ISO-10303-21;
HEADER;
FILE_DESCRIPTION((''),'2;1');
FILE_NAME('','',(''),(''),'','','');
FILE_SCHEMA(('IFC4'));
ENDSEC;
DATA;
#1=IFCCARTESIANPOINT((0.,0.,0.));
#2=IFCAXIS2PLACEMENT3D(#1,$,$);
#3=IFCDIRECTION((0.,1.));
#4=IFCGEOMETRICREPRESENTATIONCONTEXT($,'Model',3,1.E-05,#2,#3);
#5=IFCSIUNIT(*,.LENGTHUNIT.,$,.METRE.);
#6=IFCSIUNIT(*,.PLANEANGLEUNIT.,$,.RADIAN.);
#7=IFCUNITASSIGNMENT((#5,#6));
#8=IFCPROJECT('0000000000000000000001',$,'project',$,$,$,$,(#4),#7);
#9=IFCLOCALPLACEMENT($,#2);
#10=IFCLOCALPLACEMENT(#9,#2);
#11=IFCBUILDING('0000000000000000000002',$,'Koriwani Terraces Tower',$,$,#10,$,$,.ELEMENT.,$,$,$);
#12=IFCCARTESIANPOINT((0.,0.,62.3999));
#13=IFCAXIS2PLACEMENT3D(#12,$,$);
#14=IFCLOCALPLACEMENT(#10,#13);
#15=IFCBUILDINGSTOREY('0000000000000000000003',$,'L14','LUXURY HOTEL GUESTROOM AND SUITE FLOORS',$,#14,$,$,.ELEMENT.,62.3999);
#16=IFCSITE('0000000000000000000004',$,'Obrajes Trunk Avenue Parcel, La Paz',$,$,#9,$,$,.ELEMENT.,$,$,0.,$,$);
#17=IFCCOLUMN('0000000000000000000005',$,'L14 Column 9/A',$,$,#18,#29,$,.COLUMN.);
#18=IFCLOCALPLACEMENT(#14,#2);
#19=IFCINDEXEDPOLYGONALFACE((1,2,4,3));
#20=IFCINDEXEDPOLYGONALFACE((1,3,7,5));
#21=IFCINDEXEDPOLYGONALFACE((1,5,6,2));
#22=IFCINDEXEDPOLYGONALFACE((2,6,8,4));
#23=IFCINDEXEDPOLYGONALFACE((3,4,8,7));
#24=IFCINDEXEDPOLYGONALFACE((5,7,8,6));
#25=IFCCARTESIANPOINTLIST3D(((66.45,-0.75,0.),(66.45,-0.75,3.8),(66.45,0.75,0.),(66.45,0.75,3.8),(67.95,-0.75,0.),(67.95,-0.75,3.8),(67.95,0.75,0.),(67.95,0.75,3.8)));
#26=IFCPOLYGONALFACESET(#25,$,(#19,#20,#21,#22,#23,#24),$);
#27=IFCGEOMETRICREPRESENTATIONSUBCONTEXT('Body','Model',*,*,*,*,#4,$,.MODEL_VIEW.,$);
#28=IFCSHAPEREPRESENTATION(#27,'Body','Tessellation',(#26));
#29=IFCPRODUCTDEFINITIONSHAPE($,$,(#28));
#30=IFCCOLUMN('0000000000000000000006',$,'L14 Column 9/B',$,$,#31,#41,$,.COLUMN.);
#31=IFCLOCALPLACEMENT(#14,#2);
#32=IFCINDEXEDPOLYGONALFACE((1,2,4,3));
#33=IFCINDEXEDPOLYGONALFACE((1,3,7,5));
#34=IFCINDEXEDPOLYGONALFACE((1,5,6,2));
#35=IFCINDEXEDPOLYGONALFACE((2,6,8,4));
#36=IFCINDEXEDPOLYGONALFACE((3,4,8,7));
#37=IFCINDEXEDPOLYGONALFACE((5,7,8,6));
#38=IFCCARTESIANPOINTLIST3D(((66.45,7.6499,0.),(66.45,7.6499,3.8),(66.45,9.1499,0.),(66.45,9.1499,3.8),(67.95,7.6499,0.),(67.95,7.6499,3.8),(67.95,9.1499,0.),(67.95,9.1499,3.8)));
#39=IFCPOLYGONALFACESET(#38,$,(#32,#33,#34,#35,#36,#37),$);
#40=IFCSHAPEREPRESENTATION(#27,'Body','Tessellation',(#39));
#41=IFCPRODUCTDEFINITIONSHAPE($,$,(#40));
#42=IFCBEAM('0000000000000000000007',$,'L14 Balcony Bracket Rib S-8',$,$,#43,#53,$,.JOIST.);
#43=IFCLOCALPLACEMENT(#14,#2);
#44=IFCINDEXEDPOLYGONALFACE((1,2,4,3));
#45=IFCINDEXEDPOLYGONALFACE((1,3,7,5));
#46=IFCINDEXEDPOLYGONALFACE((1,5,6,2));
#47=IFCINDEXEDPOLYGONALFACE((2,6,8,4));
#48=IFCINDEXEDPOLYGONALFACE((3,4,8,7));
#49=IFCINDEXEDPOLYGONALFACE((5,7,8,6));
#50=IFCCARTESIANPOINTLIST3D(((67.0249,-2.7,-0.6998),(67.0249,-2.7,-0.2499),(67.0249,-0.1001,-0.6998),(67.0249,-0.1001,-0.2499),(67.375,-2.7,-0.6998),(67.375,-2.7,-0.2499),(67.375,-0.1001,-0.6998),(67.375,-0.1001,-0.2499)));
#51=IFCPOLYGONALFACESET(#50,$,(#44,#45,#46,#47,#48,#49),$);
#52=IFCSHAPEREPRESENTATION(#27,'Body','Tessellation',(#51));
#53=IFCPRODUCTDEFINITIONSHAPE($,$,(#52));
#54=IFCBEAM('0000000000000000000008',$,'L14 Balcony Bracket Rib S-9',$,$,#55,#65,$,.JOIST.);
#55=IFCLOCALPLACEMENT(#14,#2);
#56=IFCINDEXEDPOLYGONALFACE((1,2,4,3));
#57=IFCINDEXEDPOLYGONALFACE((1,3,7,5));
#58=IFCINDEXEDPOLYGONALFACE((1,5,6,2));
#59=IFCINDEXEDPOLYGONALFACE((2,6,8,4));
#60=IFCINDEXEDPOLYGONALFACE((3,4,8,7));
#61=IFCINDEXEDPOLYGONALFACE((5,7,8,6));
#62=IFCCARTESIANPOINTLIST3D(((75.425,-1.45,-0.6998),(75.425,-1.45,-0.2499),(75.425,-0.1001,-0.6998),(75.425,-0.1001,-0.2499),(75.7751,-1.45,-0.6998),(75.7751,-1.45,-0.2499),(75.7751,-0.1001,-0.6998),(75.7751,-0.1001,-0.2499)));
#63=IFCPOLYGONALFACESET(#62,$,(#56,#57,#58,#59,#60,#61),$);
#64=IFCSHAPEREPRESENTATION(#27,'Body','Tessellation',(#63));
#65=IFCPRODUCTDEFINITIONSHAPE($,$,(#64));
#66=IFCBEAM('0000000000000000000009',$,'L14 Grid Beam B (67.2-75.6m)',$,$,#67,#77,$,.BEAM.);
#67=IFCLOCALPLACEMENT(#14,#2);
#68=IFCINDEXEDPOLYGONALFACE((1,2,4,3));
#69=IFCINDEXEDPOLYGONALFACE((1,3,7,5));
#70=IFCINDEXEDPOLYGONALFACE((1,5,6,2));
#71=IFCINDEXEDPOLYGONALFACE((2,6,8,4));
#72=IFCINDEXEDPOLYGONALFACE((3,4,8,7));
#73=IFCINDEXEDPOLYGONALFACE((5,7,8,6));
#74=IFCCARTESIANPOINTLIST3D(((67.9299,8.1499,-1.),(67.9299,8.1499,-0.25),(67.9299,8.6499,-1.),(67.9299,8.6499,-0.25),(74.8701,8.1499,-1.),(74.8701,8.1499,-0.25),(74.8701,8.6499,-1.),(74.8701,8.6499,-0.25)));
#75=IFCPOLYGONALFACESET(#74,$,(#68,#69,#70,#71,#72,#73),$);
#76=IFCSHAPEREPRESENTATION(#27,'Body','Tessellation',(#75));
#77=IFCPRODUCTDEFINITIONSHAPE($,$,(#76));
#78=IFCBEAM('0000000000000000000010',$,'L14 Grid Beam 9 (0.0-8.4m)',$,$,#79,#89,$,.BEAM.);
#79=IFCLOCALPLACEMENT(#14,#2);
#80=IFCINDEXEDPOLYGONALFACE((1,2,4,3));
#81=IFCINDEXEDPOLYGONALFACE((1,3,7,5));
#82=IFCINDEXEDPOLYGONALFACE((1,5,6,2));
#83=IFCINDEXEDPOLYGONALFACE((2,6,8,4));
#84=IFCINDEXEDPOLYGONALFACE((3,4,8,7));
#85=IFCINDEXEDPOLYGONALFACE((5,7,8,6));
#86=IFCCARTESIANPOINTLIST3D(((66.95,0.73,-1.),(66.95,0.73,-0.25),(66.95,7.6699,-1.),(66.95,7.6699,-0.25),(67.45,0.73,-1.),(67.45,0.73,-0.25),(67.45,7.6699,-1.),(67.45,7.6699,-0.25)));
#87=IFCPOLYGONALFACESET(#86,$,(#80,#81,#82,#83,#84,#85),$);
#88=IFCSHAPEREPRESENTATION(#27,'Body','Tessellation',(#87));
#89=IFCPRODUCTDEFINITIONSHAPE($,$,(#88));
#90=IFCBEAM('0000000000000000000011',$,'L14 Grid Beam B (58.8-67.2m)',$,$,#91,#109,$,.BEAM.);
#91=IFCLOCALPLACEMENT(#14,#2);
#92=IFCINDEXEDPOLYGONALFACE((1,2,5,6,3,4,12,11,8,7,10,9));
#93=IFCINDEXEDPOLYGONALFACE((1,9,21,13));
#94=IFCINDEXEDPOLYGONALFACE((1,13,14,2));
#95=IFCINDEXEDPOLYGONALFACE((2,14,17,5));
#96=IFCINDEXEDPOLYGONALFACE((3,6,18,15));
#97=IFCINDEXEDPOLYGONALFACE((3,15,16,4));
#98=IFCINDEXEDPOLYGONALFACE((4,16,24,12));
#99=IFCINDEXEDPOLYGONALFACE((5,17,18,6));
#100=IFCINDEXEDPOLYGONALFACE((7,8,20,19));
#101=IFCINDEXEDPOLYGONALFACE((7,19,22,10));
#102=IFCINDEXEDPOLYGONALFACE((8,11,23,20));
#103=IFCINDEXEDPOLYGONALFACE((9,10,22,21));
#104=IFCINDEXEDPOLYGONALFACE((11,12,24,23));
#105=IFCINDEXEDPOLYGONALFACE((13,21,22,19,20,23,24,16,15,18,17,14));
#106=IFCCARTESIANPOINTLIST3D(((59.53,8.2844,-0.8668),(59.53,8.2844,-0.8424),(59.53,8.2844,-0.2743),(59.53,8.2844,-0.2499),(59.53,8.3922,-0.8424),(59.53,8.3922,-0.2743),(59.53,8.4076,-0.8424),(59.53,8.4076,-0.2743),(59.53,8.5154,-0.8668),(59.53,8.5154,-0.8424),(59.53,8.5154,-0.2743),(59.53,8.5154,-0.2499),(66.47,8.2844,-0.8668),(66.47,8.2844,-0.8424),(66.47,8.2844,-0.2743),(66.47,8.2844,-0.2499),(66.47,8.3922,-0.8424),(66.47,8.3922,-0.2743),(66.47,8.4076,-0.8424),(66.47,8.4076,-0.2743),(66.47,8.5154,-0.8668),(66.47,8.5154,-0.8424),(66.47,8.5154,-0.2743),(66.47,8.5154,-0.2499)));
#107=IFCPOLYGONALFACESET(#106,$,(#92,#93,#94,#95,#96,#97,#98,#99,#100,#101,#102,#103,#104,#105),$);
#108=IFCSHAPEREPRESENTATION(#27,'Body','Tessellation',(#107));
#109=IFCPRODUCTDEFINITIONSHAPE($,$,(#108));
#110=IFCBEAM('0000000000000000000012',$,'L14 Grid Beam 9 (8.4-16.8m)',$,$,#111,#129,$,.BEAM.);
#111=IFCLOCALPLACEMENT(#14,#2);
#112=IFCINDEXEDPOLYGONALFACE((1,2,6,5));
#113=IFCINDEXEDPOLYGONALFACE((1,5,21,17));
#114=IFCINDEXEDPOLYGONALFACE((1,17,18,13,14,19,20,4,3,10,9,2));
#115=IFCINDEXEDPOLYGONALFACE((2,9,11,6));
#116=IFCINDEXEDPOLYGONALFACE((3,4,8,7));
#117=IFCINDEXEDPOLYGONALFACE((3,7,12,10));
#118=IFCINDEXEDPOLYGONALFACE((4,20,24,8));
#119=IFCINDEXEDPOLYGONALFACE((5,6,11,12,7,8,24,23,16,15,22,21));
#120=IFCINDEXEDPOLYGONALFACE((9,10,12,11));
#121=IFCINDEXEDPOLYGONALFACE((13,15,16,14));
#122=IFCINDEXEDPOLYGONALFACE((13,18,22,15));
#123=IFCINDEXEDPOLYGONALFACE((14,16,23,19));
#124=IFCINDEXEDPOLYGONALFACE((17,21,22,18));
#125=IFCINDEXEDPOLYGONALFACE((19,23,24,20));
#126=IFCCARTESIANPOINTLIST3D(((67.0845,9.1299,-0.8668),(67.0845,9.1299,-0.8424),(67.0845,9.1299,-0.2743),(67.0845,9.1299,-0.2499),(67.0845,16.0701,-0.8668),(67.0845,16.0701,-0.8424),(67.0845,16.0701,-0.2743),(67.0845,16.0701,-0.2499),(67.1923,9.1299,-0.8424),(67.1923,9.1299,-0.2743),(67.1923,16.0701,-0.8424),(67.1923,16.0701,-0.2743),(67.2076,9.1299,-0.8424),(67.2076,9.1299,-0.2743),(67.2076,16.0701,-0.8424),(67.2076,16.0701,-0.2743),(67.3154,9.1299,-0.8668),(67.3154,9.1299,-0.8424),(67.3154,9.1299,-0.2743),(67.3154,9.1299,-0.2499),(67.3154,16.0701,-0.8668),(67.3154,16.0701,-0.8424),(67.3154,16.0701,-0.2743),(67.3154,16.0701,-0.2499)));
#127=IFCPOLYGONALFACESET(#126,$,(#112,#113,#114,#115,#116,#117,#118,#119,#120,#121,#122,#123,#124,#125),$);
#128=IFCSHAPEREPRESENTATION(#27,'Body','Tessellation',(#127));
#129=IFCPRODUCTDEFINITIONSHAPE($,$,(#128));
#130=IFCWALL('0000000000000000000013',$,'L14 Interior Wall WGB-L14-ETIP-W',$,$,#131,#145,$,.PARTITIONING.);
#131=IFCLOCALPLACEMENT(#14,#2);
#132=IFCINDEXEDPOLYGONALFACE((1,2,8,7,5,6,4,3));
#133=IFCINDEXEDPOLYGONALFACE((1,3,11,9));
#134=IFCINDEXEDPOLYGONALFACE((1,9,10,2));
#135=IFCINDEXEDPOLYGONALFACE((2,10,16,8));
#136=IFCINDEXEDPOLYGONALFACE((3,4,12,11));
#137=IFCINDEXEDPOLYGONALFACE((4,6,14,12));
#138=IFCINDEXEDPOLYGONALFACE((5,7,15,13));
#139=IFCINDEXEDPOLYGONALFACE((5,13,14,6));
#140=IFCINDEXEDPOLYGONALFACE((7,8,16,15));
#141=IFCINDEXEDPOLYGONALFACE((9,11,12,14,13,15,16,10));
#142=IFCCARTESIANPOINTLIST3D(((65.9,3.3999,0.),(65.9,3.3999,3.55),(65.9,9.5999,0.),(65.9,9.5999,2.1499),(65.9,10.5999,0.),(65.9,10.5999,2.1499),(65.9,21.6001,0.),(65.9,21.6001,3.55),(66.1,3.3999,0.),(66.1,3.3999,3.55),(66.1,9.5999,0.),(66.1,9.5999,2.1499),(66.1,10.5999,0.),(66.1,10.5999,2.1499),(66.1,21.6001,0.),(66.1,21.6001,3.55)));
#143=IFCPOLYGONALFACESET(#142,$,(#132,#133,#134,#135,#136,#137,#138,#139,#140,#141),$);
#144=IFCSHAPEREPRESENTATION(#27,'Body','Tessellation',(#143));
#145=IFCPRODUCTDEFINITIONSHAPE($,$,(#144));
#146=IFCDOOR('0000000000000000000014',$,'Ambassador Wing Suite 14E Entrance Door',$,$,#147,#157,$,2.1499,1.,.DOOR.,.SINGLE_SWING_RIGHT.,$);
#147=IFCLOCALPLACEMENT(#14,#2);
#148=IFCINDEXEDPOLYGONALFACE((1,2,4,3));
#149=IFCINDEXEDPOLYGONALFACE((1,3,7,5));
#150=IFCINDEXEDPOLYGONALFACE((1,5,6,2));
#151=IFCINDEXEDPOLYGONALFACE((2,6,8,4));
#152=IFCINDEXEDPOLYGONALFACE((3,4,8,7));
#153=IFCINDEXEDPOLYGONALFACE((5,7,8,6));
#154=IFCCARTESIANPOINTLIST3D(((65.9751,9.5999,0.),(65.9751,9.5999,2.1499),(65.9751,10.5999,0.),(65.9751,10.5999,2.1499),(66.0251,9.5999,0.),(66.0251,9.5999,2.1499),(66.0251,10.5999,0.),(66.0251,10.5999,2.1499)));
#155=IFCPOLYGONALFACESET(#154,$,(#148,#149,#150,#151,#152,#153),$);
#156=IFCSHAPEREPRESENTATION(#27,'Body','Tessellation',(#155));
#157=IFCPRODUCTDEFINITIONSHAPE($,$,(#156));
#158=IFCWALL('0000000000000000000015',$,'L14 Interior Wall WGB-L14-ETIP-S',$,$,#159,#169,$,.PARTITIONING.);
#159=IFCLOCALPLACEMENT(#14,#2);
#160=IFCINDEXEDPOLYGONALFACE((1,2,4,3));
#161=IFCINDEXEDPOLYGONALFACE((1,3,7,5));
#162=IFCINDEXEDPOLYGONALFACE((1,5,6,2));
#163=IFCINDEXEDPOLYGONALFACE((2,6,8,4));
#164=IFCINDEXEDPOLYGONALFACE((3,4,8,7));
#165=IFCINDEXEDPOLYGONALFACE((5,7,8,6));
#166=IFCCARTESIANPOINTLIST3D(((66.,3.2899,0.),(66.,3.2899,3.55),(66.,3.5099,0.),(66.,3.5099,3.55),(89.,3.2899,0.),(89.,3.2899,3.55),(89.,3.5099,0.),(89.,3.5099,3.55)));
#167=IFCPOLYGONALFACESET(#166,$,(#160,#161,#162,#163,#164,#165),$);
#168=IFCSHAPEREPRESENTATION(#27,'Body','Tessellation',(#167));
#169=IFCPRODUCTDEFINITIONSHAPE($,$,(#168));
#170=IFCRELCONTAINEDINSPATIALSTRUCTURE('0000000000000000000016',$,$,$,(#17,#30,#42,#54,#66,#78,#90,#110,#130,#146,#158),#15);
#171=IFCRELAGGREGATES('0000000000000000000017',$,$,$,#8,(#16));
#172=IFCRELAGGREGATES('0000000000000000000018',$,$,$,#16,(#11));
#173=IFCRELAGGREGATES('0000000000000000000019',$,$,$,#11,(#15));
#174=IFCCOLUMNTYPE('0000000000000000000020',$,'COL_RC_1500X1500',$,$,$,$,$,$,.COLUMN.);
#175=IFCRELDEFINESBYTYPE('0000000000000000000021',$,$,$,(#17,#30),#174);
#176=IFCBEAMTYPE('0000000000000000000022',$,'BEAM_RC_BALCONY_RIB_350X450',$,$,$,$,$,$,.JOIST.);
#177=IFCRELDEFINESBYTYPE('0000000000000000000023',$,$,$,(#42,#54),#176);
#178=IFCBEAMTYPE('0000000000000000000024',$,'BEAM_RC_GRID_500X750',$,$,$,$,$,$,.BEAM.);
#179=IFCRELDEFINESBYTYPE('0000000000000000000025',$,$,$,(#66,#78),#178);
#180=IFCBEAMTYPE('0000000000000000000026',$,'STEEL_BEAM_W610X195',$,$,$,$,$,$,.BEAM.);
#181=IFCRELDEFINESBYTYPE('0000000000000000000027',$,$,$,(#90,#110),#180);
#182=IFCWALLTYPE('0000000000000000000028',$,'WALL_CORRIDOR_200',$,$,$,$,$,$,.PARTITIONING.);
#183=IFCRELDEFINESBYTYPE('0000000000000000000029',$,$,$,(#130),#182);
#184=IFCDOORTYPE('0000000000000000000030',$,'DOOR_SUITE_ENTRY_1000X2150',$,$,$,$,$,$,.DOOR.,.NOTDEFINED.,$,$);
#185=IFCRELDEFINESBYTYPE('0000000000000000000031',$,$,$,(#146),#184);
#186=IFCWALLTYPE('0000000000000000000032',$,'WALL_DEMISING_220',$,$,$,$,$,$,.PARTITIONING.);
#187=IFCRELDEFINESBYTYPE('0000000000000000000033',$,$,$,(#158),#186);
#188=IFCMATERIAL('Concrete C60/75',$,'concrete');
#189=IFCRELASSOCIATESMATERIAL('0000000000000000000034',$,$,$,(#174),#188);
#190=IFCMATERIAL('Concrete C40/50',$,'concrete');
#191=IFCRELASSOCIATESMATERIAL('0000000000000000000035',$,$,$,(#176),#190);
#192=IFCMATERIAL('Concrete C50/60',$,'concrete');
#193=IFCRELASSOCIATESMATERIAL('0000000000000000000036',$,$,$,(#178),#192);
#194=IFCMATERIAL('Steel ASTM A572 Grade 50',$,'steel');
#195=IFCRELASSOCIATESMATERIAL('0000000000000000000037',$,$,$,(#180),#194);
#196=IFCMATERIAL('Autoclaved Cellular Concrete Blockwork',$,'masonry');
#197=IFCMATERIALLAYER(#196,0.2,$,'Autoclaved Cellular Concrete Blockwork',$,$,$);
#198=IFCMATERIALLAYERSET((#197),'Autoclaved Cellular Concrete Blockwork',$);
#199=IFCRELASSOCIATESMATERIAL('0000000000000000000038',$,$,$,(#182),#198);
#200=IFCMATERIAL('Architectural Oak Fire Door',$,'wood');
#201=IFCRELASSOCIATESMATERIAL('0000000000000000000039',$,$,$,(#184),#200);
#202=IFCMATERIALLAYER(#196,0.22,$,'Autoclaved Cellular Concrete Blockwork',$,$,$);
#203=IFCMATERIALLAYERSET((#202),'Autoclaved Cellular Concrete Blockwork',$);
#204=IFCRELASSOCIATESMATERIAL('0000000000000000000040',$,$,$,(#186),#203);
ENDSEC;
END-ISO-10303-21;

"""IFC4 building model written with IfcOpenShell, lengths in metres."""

from ifc_helpers import new_model, si_unit, direction, frame, frame_2d, origin, origin_2d, place, context, subcontext, project, spatial, rectangle, i_section, extrude, material, layer, layer_set, material_profile, profile_set, type_object, element, fill, save


model = new_model("IFC4")

# Units and contexts
model_context = context("Model", 3, precision=1e-05, world=origin(), true_north=direction((0.0, 1.0)))
body_context = subcontext(model_context, "Body", "Model", "MODEL_VIEW")
ifc_project = project(units=[si_unit("LENGTHUNIT", "METRE"), si_unit("PLANEANGLEUNIT", "RADIAN")], contexts=[model_context])

# Site, building, storey
site_placement = place(None, origin())
site = spatial("IfcSite", under=ifc_project, at=site_placement, Name="Obrajes Trunk Avenue Parcel, La Paz", CompositionType="ELEMENT", RefElevation=0.0)
building_placement = place(site_placement, origin())
building = spatial("IfcBuilding", under=site, at=building_placement, Name="Koriwani Terraces Tower", CompositionType="ELEMENT")
storey_placement = place(building_placement, frame((0.0, 0.0, 62.3999)))
storey = spatial("IfcBuildingStorey", under=building, at=storey_placement, Name="L14", Description="LUXURY HOTEL GUESTROOM AND SUITE FLOORS", CompositionType="ELEMENT", Elevation=62.3999)

# Columns
ifc_material_1 = material(Name="Concrete C60/75", Category="concrete")
ifc_material_profile_1 = material_profile(ifc_material_1, rectangle(XDim=1.5, YDim=1.5, at=origin_2d()), Name="Concrete C60/75", Category="LoadBearing")
ifc_profile_set_1 = profile_set([ifc_material_profile_1], Name="Concrete C60/75")
column_type = type_object("IfcColumnType", Name="COL_RC_1500X1500", PredefinedType="COLUMN", material=ifc_profile_set_1)
for number, where, z_axis, x_axis, name in (
    (1, (67.2, 0.0, 0.0), (0.0, 0.0, 1.0), (1.0, 0.0, 0.0), "L14 Column 9/A"),
    (2, (67.2, 8.3999, 0.0), (0.0, 0.0, 1.0), (1.0, 0.0, 0.0), "L14 Column 9/B"),
):
    element("IfcColumn", number, at=place(storey_placement, frame(where, z_axis=z_axis, x_axis=x_axis)), inside=storey, type_object=column_type, Name=name, PredefinedType="COLUMN", context=body_context, shape_type="SweptSolid", body=[
        extrude(rectangle(XDim=1.5, YDim=1.5, at=origin_2d()), origin(), (0.0, 0.0, 1.0), 3.8),
    ])

# Beams
ifc_material_2 = material(Name="Concrete C40/50", Category="concrete")
ifc_material_profile_2 = material_profile(ifc_material_2, rectangle(XDim=0.3501, YDim=0.45, at=origin_2d()), Name="Concrete C40/50", Category="LoadBearing")
ifc_profile_set_2 = profile_set([ifc_material_profile_2], Name="Concrete C40/50")
beam_type_1 = type_object("IfcBeamType", Name="BEAM_RC_BALCONY_RIB_350X450", PredefinedType="JOIST", material=ifc_profile_set_2)
beam_1_placement = place(storey_placement, frame((67.2, -2.7, -0.4749), z_axis=(0.0, 1.0, 0.0), x_axis=(-1.0, 0.0, 0.0)))
element("IfcBeam", 3, at=beam_1_placement, inside=storey, type_object=beam_type_1, Name="L14 Balcony Bracket Rib S-8", PredefinedType="JOIST", context=body_context, shape_type="SweptSolid", body=[
    extrude(rectangle(XDim=0.3501, YDim=0.45, at=origin_2d()), origin(), (0.0, 0.0, 1.0), 2.5999),
])
beam_2_placement = place(storey_placement, frame((75.6001, -1.45, -0.4749), z_axis=(0.0, 1.0, 0.0), x_axis=(-1.0, 0.0, 0.0)))
element("IfcBeam", 4, at=beam_2_placement, inside=storey, type_object=beam_type_1, Name="L14 Balcony Bracket Rib S-9", PredefinedType="JOIST", context=body_context, shape_type="SweptSolid", body=[
    extrude(rectangle(XDim=0.3501, YDim=0.45, at=origin_2d()), origin(), (0.0, 0.0, 1.0), 1.3499),
])
ifc_material_3 = material(Name="Concrete C50/60", Category="concrete")
ifc_material_profile_3 = material_profile(ifc_material_3, rectangle(XDim=0.5, YDim=0.75, at=origin_2d()), Name="Concrete C50/60", Category="LoadBearing")
ifc_profile_set_3 = profile_set([ifc_material_profile_3], Name="Concrete C50/60")
beam_type_2 = type_object("IfcBeamType", Name="BEAM_RC_GRID_500X750", PredefinedType="BEAM", material=ifc_profile_set_3)
beam_3_placement = place(storey_placement, frame((67.9299, 8.3999, -0.625), z_axis=(1.0, 0.0, 0.0), x_axis=(0.0, 1.0, 0.0)))
element("IfcBeam", 5, at=beam_3_placement, inside=storey, type_object=beam_type_2, Name="L14 Grid Beam B (67.2-75.6m)", PredefinedType="BEAM", context=body_context, shape_type="SweptSolid", body=[
    extrude(rectangle(XDim=0.5, YDim=0.75, at=origin_2d()), origin(), (0.0, 0.0, 1.0), 6.9402),
])
beam_4_placement = place(storey_placement, frame((67.2, 0.73, -0.625), z_axis=(0.0, 1.0, 0.0), x_axis=(-1.0, 0.0, 0.0)))
element("IfcBeam", 6, at=beam_4_placement, inside=storey, type_object=beam_type_2, Name="L14 Grid Beam 9 (0.0-8.4m)", PredefinedType="BEAM", context=body_context, shape_type="SweptSolid", body=[
    extrude(rectangle(XDim=0.5, YDim=0.75, at=origin_2d()), origin(), (0.0, 0.0, 1.0), 6.9399),
])
ifc_material_4 = material(Name="Steel ASTM A572 Grade 50", Category="steel")
ifc_material_profile_4 = material_profile(ifc_material_4, i_section(OverallWidth=0.231, OverallDepth=0.6169, WebThickness=0.0154, FlangeThickness=0.0244, at=origin_2d()), Name="Steel ASTM A572 Grade 50", Category="LoadBearing")
ifc_profile_set_4 = profile_set([ifc_material_profile_4], Name="Steel ASTM A572 Grade 50")
beam_type_3 = type_object("IfcBeamType", Name="STEEL_BEAM_W610X195", PredefinedType="BEAM", material=ifc_profile_set_4)
beam_5_placement = place(storey_placement, frame((59.53, 8.3999, -0.5583), z_axis=(1.0, 0.0, 0.0), x_axis=(0.0, 1.0, 0.0)))
element("IfcBeam", 7, at=beam_5_placement, inside=storey, type_object=beam_type_3, Name="L14 Grid Beam B (58.8-67.2m)", PredefinedType="BEAM", context=body_context, shape_type="SweptSolid", body=[
    extrude(i_section(OverallWidth=0.231, OverallDepth=0.6169, WebThickness=0.0154, FlangeThickness=0.0244, at=origin_2d()), origin(), (0.0, 0.0, 1.0), 6.9399),
])
beam_6_placement = place(storey_placement, frame((67.2, 9.1299, -0.5583), z_axis=(0.0, 1.0, 0.0), x_axis=(-1.0, 0.0, 0.0)))
element("IfcBeam", 8, at=beam_6_placement, inside=storey, type_object=beam_type_3, Name="L14 Grid Beam 9 (8.4-16.8m)", PredefinedType="BEAM", context=body_context, shape_type="SweptSolid", body=[
    extrude(i_section(OverallWidth=0.231, OverallDepth=0.6169, WebThickness=0.0154, FlangeThickness=0.0244, at=origin_2d()), origin(), (0.0, 0.0, 1.0), 6.9402),
])

# Wall, opening, door
ifc_material_5 = material(Name="Autoclaved Cellular Concrete Blockwork", Category="masonry")
ifc_layer_1 = layer(ifc_material_5, 0.2, Name="Autoclaved Cellular Concrete Blockwork")
ifc_layer_set_1 = layer_set([ifc_layer_1], Name="Autoclaved Cellular Concrete Blockwork")
wall_type_1 = type_object("IfcWallType", Name="WALL_CORRIDOR_200", PredefinedType="PARTITIONING", material=ifc_layer_set_1)
wall_1_placement = place(storey_placement, frame((66.0, 3.3999, 0.0), z_axis=(0.0, 0.0, 1.0), x_axis=(0.0, 1.0, 0.0)))
wall_1 = element("IfcWall", 9, at=wall_1_placement, inside=storey, type_object=wall_type_1, Name="L14 Interior Wall WGB-L14-ETIP-W", PredefinedType="PARTITIONING", context=body_context, shape_type="SweptSolid", body=[
    extrude(rectangle(XDim=18.2002, YDim=0.2, at=frame_2d((9.1001, 0.0))), origin(), (0.0, 0.0, 1.0), 3.55),
])
opening_1_placement = place(wall_1_placement, frame((6.2, 0.0, 0.0)))
opening_1 = element("IfcOpeningElement", 10, at=opening_1_placement, cuts=wall_1, PredefinedType="OPENING", context=body_context, shape_type="SweptSolid", body=[
    extrude(rectangle(XDim=1.0, YDim=2.1499, at=frame_2d((0.5, 1.075))), frame((0.0, 0.1099, 0.0), z_axis=(0.0, -1.0, 0.0), x_axis=(1.0, 0.0, 0.0)), (0.0, 0.0, 1.0), 0.22),
])
ifc_material_6 = material(Name="Architectural Oak Fire Door", Category="wood")
door_type_1 = type_object("IfcDoorType", Name="DOOR_SUITE_ENTRY_1000X2150", OperationType="NOTDEFINED", PredefinedType="DOOR", material=ifc_material_6)
door_1_placement = place(opening_1_placement, origin())
door_1 = element("IfcDoor", 11, at=door_1_placement, inside=storey, type_object=door_type_1, Name="Ambassador Wing Suite 14E Entrance Door", OperationType="SINGLE_SWING_RIGHT", OverallHeight=2.1499, OverallWidth=1.0, PredefinedType="DOOR", context=body_context, shape_type="SweptSolid", body=[
    extrude(rectangle(XDim=1.0, YDim=2.1499, at=frame_2d((0.5, 1.075))), frame((0.0, 0.0249, 0.0), z_axis=(0.0, -1.0, 0.0), x_axis=(1.0, 0.0, 0.0)), (0.0, 0.0, 1.0), 0.05),
])
fill(opening_1, door_1)

# Wall
ifc_layer_2 = layer(ifc_material_5, 0.22, Name="Autoclaved Cellular Concrete Blockwork")
ifc_layer_set_2 = layer_set([ifc_layer_2], Name="Autoclaved Cellular Concrete Blockwork")
wall_type_2 = type_object("IfcWallType", Name="WALL_DEMISING_220", PredefinedType="PARTITIONING", material=ifc_layer_set_2)
wall_2_placement = place(storey_placement, frame((66.0, 3.3999, 0.0), z_axis=(0.0, 0.0, 1.0), x_axis=(1.0, 0.0, 0.0)))
element("IfcWall", 12, at=wall_2_placement, inside=storey, type_object=wall_type_2, Name="L14 Interior Wall WGB-L14-ETIP-S", PredefinedType="PARTITIONING", context=body_context, shape_type="SweptSolid", body=[
    extrude(rectangle(XDim=23.0, YDim=0.22, at=frame_2d((11.5, 0.0))), origin(), (0.0, 0.0, 1.0), 3.55),
])

save(model, "model.ifc")
